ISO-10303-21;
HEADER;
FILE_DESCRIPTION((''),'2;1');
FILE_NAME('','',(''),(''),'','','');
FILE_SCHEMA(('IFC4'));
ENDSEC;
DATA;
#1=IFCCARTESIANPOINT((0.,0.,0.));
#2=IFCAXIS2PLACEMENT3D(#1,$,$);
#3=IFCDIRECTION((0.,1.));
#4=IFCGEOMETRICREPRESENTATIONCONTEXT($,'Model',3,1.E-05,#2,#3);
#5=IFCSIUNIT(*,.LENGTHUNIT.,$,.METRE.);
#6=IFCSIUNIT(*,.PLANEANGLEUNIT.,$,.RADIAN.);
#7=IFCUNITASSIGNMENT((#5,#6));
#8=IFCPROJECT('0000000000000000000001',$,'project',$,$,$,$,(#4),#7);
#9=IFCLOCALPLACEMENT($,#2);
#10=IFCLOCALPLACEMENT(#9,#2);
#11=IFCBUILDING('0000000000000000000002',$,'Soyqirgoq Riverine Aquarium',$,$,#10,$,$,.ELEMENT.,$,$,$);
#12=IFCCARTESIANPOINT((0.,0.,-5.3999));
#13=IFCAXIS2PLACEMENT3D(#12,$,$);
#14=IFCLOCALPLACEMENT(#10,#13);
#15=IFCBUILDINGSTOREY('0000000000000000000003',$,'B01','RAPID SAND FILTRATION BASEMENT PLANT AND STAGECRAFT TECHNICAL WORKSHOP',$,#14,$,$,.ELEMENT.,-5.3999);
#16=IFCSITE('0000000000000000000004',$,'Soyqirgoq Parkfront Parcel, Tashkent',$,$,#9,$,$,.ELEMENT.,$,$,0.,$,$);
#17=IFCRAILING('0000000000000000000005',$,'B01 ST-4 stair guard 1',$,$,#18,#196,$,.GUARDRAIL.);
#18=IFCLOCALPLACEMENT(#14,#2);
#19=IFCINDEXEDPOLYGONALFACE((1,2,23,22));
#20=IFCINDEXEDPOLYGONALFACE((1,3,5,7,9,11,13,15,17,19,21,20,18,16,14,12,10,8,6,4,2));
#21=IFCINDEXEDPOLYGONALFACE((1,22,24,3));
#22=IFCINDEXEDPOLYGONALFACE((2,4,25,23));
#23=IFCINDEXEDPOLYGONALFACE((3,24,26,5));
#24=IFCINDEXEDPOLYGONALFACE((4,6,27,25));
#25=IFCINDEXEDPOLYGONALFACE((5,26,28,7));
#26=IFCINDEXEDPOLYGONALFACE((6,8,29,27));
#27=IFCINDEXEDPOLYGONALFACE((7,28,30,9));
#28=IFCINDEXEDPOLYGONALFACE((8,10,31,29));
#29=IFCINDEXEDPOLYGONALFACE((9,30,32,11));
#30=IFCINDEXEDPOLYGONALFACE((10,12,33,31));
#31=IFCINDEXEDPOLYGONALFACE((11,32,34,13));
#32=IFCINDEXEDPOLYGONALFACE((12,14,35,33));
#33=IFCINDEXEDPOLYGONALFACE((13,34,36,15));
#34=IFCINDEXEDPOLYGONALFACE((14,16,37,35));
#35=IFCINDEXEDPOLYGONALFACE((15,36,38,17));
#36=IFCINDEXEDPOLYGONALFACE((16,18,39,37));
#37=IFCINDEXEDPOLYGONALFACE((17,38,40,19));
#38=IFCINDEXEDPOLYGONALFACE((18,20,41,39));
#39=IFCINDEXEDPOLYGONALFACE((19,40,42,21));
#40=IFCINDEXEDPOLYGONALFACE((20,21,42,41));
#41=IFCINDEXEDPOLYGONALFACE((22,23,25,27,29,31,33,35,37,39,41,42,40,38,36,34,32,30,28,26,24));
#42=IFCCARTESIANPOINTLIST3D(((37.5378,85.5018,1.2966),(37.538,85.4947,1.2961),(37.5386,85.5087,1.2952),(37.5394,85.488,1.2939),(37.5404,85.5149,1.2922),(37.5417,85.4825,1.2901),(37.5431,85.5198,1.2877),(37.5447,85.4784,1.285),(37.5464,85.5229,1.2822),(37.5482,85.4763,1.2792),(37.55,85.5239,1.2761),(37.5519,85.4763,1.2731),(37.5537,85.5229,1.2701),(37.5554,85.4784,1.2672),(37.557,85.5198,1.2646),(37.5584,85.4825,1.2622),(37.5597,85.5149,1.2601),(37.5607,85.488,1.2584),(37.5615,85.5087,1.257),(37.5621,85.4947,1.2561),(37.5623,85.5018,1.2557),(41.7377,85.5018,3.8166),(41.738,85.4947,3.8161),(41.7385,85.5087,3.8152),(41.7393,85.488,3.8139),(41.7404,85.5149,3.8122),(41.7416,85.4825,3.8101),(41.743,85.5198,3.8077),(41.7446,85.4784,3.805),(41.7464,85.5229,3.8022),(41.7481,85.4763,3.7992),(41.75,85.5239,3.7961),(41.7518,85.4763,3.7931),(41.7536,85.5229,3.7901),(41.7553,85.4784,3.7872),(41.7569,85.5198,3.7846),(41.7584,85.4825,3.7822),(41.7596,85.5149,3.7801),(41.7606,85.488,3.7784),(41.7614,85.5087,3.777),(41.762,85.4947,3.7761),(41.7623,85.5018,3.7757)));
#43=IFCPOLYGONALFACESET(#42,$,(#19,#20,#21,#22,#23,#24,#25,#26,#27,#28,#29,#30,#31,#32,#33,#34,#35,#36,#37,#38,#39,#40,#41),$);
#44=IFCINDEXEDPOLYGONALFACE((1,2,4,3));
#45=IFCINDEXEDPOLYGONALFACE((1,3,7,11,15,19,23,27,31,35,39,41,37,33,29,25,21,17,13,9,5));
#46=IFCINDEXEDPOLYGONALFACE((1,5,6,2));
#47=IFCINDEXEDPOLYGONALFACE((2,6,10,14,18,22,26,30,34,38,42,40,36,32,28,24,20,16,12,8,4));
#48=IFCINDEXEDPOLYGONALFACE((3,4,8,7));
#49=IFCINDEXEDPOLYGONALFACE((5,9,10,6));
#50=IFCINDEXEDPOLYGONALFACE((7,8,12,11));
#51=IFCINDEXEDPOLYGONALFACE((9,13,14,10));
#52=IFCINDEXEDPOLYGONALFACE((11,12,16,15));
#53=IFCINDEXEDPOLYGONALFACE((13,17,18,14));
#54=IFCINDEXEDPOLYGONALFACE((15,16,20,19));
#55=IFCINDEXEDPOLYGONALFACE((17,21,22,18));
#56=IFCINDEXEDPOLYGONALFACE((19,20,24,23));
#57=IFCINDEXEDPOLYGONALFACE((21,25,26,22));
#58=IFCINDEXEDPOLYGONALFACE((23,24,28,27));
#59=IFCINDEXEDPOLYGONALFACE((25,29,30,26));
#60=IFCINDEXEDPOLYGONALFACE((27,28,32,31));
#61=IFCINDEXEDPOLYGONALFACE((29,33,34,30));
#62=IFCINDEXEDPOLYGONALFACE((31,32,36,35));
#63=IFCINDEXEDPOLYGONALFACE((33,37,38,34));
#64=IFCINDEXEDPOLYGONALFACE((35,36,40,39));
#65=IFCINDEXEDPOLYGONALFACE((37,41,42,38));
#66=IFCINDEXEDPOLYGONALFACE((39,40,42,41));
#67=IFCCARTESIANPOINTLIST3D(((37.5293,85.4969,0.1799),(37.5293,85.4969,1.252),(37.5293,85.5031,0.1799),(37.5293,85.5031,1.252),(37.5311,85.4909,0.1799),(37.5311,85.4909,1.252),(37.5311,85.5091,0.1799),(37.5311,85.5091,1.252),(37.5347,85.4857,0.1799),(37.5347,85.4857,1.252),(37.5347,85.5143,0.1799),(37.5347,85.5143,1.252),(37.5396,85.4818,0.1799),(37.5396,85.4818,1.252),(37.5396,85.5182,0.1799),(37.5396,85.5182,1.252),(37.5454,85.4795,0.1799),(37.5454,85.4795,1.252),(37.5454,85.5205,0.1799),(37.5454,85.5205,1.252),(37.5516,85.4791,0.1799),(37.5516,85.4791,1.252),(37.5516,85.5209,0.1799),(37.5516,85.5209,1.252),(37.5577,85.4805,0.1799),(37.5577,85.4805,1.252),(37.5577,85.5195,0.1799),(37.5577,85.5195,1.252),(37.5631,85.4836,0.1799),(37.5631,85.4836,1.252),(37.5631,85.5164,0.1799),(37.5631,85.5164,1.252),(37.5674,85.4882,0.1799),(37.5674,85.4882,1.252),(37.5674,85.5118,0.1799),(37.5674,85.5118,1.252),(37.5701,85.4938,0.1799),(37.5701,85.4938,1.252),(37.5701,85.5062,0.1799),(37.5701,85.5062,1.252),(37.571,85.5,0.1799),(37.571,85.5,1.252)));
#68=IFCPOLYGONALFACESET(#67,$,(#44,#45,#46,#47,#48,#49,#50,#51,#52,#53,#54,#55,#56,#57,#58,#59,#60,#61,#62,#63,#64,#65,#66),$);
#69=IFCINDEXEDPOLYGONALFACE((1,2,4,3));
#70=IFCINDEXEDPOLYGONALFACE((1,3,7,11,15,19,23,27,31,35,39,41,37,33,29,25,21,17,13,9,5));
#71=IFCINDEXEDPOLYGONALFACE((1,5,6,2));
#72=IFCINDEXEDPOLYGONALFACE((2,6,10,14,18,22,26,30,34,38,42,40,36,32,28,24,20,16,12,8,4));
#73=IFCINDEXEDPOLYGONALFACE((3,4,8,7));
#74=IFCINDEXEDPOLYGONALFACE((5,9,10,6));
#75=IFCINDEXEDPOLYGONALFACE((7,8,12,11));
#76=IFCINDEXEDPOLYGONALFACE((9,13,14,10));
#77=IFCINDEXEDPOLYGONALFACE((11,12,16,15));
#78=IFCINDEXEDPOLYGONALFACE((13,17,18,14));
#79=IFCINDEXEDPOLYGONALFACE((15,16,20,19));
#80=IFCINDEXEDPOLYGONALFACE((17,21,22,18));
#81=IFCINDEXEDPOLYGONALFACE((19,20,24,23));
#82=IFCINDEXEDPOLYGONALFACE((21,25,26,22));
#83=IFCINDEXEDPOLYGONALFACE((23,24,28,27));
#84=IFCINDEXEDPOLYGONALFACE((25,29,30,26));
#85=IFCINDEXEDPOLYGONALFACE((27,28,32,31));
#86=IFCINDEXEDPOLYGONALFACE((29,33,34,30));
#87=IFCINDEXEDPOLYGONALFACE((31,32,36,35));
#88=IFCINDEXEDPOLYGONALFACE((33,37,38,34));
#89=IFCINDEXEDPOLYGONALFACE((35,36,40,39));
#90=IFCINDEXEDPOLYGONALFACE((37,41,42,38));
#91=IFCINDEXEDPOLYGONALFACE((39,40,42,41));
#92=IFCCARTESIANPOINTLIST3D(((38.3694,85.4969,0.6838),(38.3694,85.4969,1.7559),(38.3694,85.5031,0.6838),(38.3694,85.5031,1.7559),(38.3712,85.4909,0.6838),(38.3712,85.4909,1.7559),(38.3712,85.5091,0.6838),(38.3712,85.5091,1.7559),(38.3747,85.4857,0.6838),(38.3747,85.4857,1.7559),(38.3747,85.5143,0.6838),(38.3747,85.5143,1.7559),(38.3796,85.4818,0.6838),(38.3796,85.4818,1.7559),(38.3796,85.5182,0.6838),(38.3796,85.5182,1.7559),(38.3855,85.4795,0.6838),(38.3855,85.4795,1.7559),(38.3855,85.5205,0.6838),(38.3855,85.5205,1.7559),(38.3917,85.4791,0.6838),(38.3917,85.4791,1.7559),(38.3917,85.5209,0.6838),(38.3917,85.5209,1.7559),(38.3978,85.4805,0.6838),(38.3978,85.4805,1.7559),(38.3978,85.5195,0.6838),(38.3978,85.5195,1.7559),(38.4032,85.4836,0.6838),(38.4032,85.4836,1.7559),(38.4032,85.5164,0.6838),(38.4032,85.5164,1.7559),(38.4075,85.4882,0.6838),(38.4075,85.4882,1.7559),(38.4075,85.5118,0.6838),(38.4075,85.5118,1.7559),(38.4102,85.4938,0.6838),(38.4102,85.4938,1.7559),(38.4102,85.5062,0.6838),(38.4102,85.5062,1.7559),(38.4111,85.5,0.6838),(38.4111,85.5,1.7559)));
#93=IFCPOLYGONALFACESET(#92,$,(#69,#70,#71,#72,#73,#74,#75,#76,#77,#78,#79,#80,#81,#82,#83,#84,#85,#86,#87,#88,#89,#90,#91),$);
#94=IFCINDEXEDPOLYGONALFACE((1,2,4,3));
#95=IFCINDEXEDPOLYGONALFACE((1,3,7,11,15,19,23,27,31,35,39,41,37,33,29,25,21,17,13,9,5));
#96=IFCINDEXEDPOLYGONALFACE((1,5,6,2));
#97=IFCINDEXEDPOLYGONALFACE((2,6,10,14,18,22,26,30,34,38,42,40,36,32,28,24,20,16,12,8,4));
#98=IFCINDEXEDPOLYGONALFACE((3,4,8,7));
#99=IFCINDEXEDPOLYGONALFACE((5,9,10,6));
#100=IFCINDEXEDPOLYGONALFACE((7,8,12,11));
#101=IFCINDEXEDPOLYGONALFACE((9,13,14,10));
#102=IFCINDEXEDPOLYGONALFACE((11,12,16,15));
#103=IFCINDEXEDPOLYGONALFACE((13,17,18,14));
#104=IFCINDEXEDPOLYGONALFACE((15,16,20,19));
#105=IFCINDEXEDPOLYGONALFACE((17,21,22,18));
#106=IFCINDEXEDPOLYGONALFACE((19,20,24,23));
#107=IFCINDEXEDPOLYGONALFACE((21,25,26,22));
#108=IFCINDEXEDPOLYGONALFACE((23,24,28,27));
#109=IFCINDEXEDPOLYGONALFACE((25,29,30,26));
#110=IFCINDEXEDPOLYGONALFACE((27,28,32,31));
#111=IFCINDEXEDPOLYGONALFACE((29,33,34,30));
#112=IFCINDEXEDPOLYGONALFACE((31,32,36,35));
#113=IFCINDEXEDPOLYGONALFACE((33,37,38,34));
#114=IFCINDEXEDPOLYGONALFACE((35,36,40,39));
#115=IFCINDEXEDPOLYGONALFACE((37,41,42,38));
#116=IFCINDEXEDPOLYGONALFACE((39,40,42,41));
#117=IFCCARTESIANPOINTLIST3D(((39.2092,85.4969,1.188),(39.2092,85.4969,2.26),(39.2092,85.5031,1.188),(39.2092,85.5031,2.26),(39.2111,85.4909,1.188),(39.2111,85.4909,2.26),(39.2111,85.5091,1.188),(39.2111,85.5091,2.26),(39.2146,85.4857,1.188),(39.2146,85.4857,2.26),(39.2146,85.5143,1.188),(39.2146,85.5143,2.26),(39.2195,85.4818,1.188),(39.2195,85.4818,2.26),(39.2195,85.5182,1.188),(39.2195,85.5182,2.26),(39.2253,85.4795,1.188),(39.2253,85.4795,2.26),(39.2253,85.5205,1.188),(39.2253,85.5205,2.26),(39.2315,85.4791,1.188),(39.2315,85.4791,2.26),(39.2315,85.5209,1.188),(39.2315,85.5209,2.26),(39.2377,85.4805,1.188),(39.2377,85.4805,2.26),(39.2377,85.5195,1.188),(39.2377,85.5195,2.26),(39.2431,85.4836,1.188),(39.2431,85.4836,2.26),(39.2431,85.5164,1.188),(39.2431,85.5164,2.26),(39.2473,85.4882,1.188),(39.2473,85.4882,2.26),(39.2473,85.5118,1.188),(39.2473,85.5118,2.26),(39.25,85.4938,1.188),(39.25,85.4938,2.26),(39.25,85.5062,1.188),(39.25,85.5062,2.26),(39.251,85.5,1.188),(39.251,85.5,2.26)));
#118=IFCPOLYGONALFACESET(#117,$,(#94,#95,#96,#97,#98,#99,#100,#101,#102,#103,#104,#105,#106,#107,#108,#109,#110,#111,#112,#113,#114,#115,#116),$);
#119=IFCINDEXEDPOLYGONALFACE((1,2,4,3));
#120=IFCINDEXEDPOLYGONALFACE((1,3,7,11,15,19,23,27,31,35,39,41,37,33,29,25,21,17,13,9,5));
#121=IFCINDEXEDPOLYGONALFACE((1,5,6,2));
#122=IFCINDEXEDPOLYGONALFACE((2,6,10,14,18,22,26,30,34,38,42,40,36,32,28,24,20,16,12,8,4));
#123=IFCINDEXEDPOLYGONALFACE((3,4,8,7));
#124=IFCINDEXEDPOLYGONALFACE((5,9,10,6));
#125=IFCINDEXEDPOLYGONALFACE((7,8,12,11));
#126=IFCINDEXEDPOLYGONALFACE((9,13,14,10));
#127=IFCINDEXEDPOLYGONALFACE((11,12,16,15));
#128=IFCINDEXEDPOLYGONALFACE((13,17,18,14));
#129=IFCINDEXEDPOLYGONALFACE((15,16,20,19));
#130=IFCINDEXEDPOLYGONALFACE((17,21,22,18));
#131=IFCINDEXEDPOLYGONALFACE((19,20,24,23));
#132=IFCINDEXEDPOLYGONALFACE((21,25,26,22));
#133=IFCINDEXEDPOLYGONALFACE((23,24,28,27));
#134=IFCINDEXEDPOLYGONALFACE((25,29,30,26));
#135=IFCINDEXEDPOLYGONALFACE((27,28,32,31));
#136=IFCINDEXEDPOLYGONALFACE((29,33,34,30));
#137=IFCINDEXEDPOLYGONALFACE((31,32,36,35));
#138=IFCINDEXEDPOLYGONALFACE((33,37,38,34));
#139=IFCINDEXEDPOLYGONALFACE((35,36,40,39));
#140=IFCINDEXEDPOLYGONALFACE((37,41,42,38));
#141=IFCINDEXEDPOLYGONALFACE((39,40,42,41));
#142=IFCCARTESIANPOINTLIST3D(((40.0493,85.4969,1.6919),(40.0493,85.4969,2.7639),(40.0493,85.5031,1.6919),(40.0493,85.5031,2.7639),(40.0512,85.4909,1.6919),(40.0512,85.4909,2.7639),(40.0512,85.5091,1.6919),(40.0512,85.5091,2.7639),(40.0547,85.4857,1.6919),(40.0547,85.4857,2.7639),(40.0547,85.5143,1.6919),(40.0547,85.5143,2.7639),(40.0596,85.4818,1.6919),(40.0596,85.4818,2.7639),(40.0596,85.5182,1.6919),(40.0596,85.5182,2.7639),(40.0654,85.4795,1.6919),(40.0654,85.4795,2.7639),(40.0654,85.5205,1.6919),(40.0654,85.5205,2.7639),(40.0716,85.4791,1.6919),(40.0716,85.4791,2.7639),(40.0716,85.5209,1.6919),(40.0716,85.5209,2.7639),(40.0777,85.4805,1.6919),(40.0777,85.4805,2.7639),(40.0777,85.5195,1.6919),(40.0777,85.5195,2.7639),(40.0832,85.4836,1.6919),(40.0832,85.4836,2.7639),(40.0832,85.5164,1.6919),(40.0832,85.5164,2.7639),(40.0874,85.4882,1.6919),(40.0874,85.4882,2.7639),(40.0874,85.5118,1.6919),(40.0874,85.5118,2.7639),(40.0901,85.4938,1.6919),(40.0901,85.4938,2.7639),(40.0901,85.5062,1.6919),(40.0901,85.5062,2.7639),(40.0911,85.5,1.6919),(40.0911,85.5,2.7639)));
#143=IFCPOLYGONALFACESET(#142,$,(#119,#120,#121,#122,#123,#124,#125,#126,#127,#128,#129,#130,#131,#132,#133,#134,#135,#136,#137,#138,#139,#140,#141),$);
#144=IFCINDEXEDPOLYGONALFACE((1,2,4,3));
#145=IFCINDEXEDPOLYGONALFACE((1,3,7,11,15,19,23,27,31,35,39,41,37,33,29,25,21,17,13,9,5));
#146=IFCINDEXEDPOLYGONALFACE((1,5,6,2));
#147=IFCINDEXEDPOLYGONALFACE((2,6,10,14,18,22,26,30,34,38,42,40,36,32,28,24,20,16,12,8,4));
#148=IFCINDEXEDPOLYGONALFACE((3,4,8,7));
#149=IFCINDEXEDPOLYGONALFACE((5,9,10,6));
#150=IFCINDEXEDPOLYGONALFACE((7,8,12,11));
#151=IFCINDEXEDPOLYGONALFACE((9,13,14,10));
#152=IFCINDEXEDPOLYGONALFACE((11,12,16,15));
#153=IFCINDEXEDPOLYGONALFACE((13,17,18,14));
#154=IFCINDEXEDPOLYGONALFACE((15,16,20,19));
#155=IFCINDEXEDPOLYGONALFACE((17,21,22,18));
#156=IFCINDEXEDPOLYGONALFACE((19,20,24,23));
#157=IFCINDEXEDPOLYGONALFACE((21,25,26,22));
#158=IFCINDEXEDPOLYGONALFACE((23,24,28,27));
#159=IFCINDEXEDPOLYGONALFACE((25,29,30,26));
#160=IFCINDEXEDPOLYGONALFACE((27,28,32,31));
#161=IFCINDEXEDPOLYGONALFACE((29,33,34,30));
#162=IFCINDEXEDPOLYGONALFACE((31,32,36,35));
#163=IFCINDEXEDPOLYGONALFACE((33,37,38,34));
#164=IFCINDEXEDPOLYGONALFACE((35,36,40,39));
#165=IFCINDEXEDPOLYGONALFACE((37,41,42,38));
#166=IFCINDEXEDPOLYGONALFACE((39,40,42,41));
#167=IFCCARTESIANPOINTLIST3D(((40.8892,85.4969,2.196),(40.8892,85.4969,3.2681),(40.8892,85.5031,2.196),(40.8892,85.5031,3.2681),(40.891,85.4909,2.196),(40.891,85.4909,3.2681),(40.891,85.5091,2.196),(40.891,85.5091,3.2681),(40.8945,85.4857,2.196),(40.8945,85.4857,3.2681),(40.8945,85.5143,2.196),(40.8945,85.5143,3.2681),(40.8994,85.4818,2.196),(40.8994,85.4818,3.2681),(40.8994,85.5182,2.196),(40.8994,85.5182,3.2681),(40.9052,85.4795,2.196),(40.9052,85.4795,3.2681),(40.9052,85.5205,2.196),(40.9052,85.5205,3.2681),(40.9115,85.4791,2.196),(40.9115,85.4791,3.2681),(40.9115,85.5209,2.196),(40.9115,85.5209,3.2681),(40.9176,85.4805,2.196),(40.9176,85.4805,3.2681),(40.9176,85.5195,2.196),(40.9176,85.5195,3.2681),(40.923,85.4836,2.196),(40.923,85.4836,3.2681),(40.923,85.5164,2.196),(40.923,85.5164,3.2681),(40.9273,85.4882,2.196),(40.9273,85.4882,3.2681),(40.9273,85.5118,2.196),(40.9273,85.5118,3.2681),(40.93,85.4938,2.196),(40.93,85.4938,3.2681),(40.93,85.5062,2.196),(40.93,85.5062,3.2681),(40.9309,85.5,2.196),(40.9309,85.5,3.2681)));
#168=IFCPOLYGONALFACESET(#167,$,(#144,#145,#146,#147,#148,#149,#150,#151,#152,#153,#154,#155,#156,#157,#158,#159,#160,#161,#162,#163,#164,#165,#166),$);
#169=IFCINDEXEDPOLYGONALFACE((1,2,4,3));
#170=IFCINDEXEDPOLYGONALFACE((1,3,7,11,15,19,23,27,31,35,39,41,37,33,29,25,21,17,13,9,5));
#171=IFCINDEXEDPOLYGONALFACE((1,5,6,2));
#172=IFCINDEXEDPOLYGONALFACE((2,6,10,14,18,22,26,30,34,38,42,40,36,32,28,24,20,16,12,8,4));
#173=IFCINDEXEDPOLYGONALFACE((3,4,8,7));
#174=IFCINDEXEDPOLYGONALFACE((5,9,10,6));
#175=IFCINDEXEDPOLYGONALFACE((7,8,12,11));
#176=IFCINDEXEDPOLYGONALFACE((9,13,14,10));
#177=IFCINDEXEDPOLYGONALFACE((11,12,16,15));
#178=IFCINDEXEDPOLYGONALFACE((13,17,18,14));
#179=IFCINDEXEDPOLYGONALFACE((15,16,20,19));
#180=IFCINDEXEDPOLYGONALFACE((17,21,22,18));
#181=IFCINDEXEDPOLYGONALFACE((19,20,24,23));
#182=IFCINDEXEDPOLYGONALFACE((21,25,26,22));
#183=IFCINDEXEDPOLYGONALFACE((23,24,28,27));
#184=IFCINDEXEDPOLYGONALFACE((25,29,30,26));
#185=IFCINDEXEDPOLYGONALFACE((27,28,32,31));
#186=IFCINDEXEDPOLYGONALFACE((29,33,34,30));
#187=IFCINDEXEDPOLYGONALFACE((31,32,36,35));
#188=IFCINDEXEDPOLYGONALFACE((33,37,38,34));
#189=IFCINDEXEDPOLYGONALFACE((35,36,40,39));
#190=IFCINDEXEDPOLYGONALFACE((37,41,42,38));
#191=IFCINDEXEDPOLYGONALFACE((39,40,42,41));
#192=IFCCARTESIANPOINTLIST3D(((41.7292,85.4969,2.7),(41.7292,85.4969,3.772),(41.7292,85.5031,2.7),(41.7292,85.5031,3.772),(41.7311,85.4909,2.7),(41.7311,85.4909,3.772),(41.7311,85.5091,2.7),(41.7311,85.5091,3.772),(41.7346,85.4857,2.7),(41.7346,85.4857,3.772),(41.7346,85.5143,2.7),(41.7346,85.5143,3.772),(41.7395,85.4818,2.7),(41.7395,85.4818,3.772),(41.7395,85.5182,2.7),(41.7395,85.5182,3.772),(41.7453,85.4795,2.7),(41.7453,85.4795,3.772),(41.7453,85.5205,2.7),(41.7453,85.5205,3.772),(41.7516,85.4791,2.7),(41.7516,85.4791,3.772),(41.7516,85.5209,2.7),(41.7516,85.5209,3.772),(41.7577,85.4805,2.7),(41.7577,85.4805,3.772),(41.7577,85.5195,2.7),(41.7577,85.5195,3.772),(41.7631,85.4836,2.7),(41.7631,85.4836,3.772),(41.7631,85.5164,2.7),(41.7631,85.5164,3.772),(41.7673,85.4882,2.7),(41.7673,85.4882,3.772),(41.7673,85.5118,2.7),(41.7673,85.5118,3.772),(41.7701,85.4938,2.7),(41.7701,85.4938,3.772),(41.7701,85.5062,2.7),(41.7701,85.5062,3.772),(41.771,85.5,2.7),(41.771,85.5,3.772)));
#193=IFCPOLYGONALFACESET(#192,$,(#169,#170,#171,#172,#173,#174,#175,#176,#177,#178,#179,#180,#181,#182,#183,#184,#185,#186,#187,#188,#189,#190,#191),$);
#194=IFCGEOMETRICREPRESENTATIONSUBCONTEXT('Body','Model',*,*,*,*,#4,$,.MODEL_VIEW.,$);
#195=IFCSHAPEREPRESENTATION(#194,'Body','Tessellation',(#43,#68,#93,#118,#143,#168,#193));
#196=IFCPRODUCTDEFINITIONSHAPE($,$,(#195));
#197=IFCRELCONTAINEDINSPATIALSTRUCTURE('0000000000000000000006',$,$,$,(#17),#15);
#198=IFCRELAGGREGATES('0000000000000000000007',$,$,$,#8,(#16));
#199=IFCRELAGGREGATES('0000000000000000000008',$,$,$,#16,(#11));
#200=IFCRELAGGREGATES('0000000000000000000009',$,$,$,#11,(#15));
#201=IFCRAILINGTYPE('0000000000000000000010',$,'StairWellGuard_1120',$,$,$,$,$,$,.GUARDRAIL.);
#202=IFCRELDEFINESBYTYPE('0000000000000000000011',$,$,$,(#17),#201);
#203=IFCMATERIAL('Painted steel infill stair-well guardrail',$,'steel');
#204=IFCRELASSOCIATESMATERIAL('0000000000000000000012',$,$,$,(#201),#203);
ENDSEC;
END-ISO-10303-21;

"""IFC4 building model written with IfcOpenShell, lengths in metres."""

from ifc_helpers import new_model, si_unit, direction, frame, origin, origin_2d, place, context, subcontext, project, spatial, circle, extrude, material, type_object, element, save


model = new_model("IFC4")

# Units and contexts
model_context = context("Model", 3, precision=1e-05, world=origin(), true_north=direction((0.0, 1.0)))
body_context = subcontext(model_context, "Body", "Model", "MODEL_VIEW")
ifc_project = project(units=[si_unit("LENGTHUNIT", "METRE"), si_unit("PLANEANGLEUNIT", "RADIAN")], contexts=[model_context])

# Site, building, storey
site_placement = place(None, origin())
site = spatial("IfcSite", under=ifc_project, at=site_placement, Name="Soyqirgoq Parkfront Parcel, Tashkent", CompositionType="ELEMENT", RefElevation=0.0)
building_placement = place(site_placement, origin())
building = spatial("IfcBuilding", under=site, at=building_placement, Name="Soyqirgoq Riverine Aquarium", CompositionType="ELEMENT")
storey_placement = place(building_placement, frame((0.0, 0.0, -5.3999)))
storey = spatial("IfcBuildingStorey", under=building, at=storey_placement, Name="B01", Description="RAPID SAND FILTRATION BASEMENT PLANT AND STAGECRAFT TECHNICAL WORKSHOP", CompositionType="ELEMENT", Elevation=-5.3999)

# Railing
ifc_material_1 = material(Name="Painted steel infill stair-well guardrail", Category="steel")
railing_type_1 = type_object("IfcRailingType", Name="StairWellGuard_1120", PredefinedType="GUARDRAIL", material=ifc_material_1)
railing_1_placement = place(storey_placement, frame((37.55, 85.5, 0.1799)))
element("IfcRailing", 1, at=railing_1_placement, inside=storey, type_object=railing_type_1, Name="B01 ST-4 stair guard 1", PredefinedType="GUARDRAIL", context=body_context, shape_type="SweptSolid", body=[
    extrude(circle(Radius=0.0239, at=origin_2d()), frame((0.0, 0.0, 1.0962), z_axis=(0.857489, 0.0, 0.514503), x_axis=(0.0, 1.0, 0.0)), (0.0, 0.0, 1.0), 4.8979),
    extrude(circle(Radius=0.021, at=origin_2d()), origin(), (0.0, 0.0, 1.0), 1.072),
    extrude(circle(Radius=0.021, at=origin_2d()), frame((0.8401, 0.0, 0.5039)), (0.0, 0.0, 1.0), 1.072),
    extrude(circle(Radius=0.021, at=origin_2d()), frame((1.6799, 0.0, 1.0081)), (0.0, 0.0, 1.0), 1.072),
    extrude(circle(Radius=0.021, at=origin_2d()), frame((2.52, 0.0, 1.512)), (0.0, 0.0, 1.0), 1.072),
    extrude(circle(Radius=0.021, at=origin_2d()), frame((3.3599, 0.0, 2.0161)), (0.0, 0.0, 1.0), 1.072),
    extrude(circle(Radius=0.021, at=origin_2d()), frame((4.2, 0.0, 2.52)), (0.0, 0.0, 1.0), 1.072),
])

save(model, "model.ifc")
